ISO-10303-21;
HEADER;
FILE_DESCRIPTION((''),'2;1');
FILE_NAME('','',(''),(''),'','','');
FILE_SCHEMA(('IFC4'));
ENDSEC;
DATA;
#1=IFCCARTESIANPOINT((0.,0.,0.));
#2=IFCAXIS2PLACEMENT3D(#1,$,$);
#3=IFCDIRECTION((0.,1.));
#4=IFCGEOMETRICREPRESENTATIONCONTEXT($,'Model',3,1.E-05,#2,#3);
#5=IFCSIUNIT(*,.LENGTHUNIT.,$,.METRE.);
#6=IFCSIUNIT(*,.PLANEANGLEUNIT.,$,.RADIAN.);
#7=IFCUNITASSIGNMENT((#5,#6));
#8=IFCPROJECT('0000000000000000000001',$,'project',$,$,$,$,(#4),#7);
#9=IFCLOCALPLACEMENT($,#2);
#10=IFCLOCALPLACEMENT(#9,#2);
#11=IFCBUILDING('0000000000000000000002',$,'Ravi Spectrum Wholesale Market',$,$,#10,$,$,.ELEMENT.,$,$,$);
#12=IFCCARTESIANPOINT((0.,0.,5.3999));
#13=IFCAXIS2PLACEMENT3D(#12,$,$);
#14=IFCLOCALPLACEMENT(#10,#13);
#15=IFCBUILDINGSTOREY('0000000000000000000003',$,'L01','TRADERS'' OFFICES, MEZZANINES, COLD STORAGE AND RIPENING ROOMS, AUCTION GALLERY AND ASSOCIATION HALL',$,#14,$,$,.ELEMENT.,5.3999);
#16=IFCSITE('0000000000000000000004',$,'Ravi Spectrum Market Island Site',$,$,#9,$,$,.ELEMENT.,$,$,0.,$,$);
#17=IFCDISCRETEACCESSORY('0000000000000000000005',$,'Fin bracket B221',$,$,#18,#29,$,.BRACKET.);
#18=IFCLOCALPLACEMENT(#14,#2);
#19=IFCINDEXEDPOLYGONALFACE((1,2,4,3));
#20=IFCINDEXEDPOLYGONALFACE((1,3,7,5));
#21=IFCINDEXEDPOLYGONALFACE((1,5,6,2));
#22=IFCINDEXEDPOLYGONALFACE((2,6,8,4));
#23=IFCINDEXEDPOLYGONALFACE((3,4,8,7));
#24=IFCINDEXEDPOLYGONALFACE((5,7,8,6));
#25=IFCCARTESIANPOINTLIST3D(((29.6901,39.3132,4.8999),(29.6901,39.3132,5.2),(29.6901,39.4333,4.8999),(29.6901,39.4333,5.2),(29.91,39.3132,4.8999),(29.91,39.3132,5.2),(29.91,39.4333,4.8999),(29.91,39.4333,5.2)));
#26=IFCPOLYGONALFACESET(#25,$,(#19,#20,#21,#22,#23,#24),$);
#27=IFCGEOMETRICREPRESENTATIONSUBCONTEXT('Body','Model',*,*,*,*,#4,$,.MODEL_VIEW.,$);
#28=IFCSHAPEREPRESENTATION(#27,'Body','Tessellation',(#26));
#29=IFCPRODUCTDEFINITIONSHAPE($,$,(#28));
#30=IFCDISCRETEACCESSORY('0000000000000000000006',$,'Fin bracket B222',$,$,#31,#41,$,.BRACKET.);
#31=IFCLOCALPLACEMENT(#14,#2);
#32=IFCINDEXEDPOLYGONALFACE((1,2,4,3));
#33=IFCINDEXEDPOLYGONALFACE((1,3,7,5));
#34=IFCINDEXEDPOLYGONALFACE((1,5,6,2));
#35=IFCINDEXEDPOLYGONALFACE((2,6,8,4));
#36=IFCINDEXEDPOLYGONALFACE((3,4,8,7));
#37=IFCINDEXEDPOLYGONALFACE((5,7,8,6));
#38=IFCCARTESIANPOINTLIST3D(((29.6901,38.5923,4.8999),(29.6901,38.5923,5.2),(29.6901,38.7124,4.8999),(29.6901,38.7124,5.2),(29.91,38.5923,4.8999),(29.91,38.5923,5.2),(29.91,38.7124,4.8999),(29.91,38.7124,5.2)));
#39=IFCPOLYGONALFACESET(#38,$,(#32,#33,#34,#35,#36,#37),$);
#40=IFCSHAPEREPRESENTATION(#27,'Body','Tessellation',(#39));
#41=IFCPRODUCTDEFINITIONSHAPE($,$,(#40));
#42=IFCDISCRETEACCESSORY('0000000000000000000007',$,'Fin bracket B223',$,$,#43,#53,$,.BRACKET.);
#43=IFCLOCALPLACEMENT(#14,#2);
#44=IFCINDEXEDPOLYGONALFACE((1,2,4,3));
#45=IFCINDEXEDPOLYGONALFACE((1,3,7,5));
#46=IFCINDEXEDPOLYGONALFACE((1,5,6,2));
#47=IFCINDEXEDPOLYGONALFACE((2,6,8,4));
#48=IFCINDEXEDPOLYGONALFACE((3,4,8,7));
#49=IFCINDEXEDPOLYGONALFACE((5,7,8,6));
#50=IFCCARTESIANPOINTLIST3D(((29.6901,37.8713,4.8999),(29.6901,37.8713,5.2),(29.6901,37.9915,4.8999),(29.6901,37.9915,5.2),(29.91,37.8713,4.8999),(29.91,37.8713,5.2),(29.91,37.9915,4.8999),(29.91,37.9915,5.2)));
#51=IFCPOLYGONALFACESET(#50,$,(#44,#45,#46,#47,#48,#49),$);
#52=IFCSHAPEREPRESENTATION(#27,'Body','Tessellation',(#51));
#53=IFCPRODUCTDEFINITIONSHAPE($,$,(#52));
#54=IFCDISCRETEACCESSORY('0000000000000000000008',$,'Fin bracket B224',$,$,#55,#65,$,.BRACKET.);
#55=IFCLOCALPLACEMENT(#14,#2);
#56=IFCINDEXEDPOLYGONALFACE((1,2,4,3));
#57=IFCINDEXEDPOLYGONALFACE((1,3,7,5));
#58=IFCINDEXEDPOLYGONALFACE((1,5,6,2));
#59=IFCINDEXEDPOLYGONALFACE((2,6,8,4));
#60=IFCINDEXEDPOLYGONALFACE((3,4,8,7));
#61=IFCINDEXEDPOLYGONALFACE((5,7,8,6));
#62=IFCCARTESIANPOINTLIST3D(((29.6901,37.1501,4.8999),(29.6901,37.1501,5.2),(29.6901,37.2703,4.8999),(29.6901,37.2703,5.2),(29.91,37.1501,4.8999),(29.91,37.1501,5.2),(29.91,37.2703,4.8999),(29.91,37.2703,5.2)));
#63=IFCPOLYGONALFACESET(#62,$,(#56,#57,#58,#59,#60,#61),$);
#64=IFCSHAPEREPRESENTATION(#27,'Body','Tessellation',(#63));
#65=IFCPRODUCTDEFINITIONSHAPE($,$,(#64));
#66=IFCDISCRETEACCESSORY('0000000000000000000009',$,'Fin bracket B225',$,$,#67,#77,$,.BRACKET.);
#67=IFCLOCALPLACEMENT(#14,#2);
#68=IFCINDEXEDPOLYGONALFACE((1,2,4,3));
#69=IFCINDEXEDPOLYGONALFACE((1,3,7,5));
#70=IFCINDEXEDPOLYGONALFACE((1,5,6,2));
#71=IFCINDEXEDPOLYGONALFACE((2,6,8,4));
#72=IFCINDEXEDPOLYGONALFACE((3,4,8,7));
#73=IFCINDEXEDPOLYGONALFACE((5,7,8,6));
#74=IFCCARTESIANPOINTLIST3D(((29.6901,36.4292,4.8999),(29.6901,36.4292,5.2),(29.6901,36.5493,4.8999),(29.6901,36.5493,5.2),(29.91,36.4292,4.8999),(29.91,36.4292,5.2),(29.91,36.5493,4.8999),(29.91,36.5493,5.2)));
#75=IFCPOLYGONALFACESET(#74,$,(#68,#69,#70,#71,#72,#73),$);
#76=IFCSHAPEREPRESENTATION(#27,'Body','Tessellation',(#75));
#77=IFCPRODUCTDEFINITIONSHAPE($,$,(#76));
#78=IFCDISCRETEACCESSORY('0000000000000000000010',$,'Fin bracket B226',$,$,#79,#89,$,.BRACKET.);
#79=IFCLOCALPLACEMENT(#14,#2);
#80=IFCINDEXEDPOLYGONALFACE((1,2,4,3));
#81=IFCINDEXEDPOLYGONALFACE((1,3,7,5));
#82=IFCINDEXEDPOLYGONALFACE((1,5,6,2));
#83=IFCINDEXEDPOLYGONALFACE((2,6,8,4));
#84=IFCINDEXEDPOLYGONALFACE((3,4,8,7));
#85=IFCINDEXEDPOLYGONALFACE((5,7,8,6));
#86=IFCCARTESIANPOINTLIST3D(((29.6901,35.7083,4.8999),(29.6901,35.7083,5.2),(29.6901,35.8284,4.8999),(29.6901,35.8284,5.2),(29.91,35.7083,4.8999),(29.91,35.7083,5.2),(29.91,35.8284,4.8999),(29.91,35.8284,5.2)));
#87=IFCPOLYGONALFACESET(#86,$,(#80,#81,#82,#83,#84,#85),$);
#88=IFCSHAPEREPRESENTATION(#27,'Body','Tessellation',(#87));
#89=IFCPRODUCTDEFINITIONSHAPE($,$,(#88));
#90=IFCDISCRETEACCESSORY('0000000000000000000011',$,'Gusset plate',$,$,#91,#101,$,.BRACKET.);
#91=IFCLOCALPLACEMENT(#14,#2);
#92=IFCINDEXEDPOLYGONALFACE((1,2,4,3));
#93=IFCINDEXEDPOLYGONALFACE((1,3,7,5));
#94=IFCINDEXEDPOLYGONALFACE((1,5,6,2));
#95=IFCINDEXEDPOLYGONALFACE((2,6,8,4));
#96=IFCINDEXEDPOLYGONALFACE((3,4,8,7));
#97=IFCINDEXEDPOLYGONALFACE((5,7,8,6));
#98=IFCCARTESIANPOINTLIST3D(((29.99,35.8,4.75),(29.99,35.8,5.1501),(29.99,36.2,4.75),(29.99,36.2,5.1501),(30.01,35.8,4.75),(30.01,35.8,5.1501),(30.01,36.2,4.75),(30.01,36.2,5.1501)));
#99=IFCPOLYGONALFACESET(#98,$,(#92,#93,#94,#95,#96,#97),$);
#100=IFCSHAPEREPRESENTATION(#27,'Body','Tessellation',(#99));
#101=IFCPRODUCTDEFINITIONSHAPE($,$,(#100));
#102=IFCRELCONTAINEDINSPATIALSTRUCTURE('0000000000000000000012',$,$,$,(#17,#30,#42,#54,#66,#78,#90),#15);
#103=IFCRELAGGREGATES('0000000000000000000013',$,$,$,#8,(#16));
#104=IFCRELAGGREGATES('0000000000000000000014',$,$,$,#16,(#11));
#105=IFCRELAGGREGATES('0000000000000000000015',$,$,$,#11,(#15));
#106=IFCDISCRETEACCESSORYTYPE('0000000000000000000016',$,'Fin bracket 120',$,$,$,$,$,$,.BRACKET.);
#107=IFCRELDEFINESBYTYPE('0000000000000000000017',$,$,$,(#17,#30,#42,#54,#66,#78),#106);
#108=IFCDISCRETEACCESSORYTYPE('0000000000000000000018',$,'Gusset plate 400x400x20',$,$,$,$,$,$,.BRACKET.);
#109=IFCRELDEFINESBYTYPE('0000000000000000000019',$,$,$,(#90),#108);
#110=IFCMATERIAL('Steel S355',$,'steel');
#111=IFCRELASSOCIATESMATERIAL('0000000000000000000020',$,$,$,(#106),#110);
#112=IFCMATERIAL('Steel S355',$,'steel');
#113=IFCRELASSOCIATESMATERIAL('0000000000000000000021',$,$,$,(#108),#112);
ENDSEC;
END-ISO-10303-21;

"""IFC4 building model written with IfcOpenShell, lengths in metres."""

from ifc_helpers import new_model, si_unit, direction, frame, origin, origin_2d, place, context, subcontext, project, spatial, rectangle, extrude, material, material_profile, profile_set, type_object, element, save


model = new_model("IFC4")

# Units and contexts
model_context = context("Model", 3, precision=1e-05, world=origin(), true_north=direction((0.0, 1.0)))
body_context = subcontext(model_context, "Body", "Model", "MODEL_VIEW")
ifc_project = project(units=[si_unit("LENGTHUNIT", "METRE"), si_unit("PLANEANGLEUNIT", "RADIAN")], contexts=[model_context])

# Site, building, storey
site_placement = place(None, origin())
site = spatial("IfcSite", under=ifc_project, at=site_placement, Name="Ravi Spectrum Market Island Site", CompositionType="ELEMENT", RefElevation=0.0)
building_placement = place(site_placement, origin())
building = spatial("IfcBuilding", under=site, at=building_placement, Name="Ravi Spectrum Wholesale Market", CompositionType="ELEMENT")
storey_placement = place(building_placement, frame((0.0, 0.0, 5.3999)))
storey = spatial("IfcBuildingStorey", under=building, at=storey_placement, Name="L01", Description="TRADERS' OFFICES, MEZZANINES, COLD STORAGE AND RIPENING ROOMS, AUCTION GALLERY AND ASSOCIATION HALL", CompositionType="ELEMENT", Elevation=5.3999)

# Discrete accessories
ifc_material_1 = material(Name="Steel S355", Category="steel")
discrete_accessory_type_1 = type_object("IfcDiscreteAccessoryType", Name="Fin bracket 120", PredefinedType="BRACKET", material=ifc_material_1)
for number, where, z_axis, x_axis, name in (
    (1, (29.8, 39.3733, 4.8999), (0.0, 0.0, 1.0), (0.0, -1.0, 0.0), "Fin bracket B221"),
    (2, (29.8, 38.6523, 4.8999), (0.0, 0.0, 1.0), (0.0, -1.0, 0.0), "Fin bracket B222"),
    (3, (29.8, 37.9314, 4.8999), (0.0, 0.0, 1.0), (0.0, -1.0, 0.0), "Fin bracket B223"),
    (4, (29.8, 37.2102, 4.8999), (0.0, 0.0, 1.0), (0.0, -1.0, 0.0), "Fin bracket B224"),
    (5, (29.8, 36.4893, 4.8999), (0.0, 0.0, 1.0), (0.0, -1.0, 0.0), "Fin bracket B225"),
    (6, (29.8, 35.7683, 4.8999), (0.0, 0.0, 1.0), (0.0, -1.0, 0.0), "Fin bracket B226"),
):
    element("IfcDiscreteAccessory", number, at=place(storey_placement, frame(where, z_axis=z_axis, x_axis=x_axis)), inside=storey, type_object=discrete_accessory_type_1, Name=name, PredefinedType="BRACKET", context=body_context, shape_type="SweptSolid", body=[
        extrude(rectangle(XDim=0.1201, YDim=0.22, at=origin_2d()), origin(), (0.0, 0.0, 1.0), 0.3),
    ])
ifc_material_2 = material(Name="Steel S355", Category="steel")
ifc_material_profile_1 = material_profile(ifc_material_2, rectangle(XDim=0.3999, YDim=0.02, at=origin_2d()))
ifc_profile_set_1 = profile_set([ifc_material_profile_1], Name="Steel S355")
discrete_accessory_type_2 = type_object("IfcDiscreteAccessoryType", Name="Gusset plate 400x400x20", PredefinedType="BRACKET", material=ifc_profile_set_1)
discrete_accessory_placement = place(storey_placement, frame((30.0, 36.0, 4.75), z_axis=(0.0, 0.0, 1.0), x_axis=(0.0, 1.0, 0.0)))
element("IfcDiscreteAccessory", 7, at=discrete_accessory_placement, inside=storey, type_object=discrete_accessory_type_2, Name="Gusset plate", PredefinedType="BRACKET", context=body_context, shape_type="SweptSolid", body=[
    extrude(rectangle(XDim=0.3999, YDim=0.02, at=origin_2d()), origin(), (0.0, 0.0, 1.0), 0.4001),
])

save(model, "model.ifc")
